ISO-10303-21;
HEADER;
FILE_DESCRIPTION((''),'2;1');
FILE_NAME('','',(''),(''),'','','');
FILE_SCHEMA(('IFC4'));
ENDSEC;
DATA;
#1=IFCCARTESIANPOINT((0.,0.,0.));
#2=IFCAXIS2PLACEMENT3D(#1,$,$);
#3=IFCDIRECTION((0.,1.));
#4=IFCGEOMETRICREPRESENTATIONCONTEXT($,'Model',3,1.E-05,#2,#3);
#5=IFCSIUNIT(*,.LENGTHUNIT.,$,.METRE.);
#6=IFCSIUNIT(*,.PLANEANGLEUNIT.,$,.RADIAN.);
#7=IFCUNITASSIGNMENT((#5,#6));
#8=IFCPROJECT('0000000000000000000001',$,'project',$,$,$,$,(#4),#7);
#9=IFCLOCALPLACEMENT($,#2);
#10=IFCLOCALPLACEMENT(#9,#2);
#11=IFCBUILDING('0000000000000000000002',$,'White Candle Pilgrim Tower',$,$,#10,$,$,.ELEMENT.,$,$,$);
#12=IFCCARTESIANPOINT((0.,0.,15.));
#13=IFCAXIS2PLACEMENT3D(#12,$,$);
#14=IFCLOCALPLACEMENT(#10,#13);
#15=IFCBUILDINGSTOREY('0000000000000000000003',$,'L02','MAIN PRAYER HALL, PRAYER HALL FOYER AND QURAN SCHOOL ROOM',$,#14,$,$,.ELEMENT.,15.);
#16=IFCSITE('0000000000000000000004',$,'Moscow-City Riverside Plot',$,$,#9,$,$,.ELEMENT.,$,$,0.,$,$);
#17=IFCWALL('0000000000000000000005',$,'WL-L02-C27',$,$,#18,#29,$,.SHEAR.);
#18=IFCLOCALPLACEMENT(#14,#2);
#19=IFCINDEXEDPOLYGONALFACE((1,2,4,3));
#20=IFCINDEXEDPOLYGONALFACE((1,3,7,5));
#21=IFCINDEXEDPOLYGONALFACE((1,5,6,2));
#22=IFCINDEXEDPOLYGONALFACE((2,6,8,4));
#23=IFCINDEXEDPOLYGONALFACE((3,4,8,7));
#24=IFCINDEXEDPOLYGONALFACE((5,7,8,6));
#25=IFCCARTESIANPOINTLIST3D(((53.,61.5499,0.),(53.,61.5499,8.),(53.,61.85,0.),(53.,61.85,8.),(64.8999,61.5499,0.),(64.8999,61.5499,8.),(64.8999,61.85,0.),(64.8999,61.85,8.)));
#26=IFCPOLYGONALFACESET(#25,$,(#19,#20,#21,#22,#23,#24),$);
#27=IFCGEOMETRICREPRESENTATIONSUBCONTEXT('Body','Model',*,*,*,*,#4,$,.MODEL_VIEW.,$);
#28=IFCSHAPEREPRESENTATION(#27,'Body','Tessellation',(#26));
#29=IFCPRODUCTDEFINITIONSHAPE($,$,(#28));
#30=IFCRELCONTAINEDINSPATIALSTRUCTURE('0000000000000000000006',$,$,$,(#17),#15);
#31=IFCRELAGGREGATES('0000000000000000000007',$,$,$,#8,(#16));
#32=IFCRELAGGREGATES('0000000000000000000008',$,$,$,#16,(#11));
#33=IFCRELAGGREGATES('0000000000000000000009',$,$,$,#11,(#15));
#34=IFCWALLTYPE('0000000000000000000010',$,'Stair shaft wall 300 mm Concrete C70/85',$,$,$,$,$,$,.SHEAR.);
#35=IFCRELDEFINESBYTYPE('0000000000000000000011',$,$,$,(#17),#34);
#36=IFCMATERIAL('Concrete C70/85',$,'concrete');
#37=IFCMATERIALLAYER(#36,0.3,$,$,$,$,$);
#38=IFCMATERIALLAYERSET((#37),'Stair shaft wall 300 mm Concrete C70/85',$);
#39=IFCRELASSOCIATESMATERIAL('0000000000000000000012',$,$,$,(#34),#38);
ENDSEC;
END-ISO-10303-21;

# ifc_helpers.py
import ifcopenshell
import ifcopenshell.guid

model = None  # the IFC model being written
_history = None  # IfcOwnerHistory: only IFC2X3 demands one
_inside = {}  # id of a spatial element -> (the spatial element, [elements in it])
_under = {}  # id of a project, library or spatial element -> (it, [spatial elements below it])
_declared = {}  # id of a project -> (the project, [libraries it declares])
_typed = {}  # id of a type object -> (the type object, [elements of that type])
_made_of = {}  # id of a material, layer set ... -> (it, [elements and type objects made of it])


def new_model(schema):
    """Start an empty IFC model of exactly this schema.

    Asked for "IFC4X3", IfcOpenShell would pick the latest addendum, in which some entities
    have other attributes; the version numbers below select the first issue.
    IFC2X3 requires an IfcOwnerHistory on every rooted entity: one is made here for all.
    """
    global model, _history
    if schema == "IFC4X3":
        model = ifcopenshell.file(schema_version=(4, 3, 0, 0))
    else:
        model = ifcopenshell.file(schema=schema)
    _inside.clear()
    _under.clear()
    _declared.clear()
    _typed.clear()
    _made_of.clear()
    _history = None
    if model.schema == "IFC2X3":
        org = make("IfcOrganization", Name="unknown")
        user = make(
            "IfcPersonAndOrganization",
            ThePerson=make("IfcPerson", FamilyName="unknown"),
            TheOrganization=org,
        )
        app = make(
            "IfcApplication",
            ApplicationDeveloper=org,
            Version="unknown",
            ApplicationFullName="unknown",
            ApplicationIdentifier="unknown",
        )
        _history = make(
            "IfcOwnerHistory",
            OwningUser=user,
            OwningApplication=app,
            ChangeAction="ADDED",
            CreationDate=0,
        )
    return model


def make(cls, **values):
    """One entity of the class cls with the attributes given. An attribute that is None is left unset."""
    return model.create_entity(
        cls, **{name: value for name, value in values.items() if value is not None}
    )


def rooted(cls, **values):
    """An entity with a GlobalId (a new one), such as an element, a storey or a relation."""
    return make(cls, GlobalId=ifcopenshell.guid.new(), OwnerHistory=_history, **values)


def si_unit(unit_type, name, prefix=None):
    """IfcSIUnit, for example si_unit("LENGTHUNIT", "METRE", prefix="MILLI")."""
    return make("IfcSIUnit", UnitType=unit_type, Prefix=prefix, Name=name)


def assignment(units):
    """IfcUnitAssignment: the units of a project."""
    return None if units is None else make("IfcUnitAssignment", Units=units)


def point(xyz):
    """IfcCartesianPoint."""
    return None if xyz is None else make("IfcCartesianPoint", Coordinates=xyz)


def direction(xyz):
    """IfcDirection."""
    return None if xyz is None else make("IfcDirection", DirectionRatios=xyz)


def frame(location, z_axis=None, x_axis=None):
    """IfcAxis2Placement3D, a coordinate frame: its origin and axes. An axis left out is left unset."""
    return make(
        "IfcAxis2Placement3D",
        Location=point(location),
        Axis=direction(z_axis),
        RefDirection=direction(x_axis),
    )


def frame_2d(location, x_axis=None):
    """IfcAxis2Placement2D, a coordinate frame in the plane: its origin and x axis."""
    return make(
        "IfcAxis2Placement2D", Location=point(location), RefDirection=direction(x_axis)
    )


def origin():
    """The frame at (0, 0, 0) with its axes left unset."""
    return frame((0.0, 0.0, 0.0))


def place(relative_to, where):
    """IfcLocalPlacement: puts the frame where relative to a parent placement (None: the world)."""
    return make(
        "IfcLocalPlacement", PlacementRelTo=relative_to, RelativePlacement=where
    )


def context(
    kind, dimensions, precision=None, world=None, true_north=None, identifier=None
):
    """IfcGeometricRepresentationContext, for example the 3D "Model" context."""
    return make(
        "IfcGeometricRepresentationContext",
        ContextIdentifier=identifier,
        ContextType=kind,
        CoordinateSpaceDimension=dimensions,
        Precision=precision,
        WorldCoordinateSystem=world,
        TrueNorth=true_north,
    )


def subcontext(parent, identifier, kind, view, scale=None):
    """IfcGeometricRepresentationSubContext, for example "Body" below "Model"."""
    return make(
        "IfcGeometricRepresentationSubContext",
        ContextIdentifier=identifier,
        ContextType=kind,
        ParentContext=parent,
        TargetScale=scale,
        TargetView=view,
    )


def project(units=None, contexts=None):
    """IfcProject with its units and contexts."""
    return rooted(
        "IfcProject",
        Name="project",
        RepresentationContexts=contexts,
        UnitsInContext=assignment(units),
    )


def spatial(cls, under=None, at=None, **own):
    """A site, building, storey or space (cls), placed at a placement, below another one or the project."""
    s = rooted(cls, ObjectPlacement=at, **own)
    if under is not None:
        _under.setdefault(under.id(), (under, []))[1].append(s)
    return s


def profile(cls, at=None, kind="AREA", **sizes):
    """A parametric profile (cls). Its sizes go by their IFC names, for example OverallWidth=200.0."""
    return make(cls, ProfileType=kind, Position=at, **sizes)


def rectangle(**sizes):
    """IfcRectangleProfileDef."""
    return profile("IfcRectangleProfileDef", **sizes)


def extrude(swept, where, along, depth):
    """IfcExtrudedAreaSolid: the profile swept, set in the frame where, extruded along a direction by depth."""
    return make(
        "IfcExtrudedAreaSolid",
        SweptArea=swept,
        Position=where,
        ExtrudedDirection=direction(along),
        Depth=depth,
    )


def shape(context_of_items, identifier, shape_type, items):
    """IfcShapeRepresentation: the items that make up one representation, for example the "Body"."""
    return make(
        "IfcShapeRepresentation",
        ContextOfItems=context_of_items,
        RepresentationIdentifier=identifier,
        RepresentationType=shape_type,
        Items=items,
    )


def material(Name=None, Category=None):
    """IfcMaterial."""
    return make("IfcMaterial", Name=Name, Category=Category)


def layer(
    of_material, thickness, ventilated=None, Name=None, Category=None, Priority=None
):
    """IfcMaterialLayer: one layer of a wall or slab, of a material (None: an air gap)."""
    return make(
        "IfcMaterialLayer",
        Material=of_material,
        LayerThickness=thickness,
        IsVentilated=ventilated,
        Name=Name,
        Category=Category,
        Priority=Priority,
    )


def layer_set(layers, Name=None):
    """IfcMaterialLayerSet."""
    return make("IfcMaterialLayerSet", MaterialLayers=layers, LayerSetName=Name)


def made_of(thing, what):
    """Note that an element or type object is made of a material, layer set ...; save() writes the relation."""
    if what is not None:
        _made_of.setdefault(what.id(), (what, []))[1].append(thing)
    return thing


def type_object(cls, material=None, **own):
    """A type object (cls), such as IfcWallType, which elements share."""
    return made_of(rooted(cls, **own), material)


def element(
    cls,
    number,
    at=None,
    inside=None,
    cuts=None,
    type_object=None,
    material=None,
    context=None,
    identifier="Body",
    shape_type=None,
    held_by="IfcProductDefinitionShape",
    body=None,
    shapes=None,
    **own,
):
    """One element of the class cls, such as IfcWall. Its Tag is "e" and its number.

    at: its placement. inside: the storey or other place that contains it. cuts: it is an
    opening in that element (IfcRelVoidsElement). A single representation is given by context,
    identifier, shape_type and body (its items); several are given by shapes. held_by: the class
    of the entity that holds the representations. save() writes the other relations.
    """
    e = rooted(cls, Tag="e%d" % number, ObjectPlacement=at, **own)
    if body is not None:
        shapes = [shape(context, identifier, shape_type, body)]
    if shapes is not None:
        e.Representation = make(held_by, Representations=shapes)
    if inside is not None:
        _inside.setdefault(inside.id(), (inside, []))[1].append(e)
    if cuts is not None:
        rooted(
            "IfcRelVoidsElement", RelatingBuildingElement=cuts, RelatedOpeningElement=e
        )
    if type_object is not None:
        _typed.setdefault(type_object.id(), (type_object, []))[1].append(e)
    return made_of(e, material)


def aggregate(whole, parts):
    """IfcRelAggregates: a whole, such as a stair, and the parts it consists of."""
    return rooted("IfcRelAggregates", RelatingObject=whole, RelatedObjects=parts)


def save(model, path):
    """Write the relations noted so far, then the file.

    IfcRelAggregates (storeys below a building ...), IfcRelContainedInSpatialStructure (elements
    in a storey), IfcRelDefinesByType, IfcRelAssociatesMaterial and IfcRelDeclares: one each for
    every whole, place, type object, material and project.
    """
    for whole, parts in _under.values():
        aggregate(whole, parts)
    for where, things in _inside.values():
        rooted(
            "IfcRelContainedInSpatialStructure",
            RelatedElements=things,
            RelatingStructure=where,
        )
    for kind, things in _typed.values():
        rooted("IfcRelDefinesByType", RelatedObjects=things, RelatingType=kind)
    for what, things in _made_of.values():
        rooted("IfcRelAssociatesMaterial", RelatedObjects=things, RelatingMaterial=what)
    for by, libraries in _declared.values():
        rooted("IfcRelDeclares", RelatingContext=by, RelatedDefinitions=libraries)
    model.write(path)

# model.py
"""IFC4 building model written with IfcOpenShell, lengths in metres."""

from ifc_helpers import new_model, si_unit, direction, frame, frame_2d, origin, place, context, subcontext, project, spatial, rectangle, extrude, material, layer, layer_set, type_object, element, save


model = new_model("IFC4")

# Units and contexts
model_context = context("Model", 3, precision=1e-05, world=origin(), true_north=direction((0.0, 1.0)))
body_context = subcontext(model_context, "Body", "Model", "MODEL_VIEW")
ifc_project = project(units=[si_unit("LENGTHUNIT", "METRE"), si_unit("PLANEANGLEUNIT", "RADIAN")], contexts=[model_context])

# Site, building, storey
site_placement = place(None, origin())
site = spatial("IfcSite", under=ifc_project, at=site_placement, Name="Moscow-City Riverside Plot", CompositionType="ELEMENT", RefElevation=0.0)
building_placement = place(site_placement, origin())
building = spatial("IfcBuilding", under=site, at=building_placement, Name="White Candle Pilgrim Tower", CompositionType="ELEMENT")
storey_placement = place(building_placement, frame((0.0, 0.0, 15.0)))
storey = spatial("IfcBuildingStorey", under=building, at=storey_placement, Name="L02", Description="MAIN PRAYER HALL, PRAYER HALL FOYER AND QURAN SCHOOL ROOM", CompositionType="ELEMENT", Elevation=15.0)

# Wall
ifc_material_1 = material(Name="Concrete C70/85", Category="concrete")
ifc_layer_1 = layer(ifc_material_1, 0.3)
ifc_layer_set_1 = layer_set([ifc_layer_1], Name="Stair shaft wall 300 mm Concrete C70/85")
wall_type_1 = type_object("IfcWallType", Name="Stair shaft wall 300 mm Concrete C70/85", PredefinedType="SHEAR", material=ifc_layer_set_1)
wall_1_placement = place(storey_placement, frame((53.0, 61.7, 0.0), z_axis=(0.0, 0.0, 1.0), x_axis=(1.0, 0.0, 0.0)))
element("IfcWall", 1, at=wall_1_placement, inside=storey, type_object=wall_type_1, Name="WL-L02-C27", PredefinedType="SHEAR", context=body_context, shape_type="SweptSolid", body=[
    extrude(rectangle(XDim=11.8999, YDim=0.3, at=frame_2d((5.95, 0.0))), origin(), (0.0, 0.0, 1.0), 8.0),
])

save(model, "model.ifc")
